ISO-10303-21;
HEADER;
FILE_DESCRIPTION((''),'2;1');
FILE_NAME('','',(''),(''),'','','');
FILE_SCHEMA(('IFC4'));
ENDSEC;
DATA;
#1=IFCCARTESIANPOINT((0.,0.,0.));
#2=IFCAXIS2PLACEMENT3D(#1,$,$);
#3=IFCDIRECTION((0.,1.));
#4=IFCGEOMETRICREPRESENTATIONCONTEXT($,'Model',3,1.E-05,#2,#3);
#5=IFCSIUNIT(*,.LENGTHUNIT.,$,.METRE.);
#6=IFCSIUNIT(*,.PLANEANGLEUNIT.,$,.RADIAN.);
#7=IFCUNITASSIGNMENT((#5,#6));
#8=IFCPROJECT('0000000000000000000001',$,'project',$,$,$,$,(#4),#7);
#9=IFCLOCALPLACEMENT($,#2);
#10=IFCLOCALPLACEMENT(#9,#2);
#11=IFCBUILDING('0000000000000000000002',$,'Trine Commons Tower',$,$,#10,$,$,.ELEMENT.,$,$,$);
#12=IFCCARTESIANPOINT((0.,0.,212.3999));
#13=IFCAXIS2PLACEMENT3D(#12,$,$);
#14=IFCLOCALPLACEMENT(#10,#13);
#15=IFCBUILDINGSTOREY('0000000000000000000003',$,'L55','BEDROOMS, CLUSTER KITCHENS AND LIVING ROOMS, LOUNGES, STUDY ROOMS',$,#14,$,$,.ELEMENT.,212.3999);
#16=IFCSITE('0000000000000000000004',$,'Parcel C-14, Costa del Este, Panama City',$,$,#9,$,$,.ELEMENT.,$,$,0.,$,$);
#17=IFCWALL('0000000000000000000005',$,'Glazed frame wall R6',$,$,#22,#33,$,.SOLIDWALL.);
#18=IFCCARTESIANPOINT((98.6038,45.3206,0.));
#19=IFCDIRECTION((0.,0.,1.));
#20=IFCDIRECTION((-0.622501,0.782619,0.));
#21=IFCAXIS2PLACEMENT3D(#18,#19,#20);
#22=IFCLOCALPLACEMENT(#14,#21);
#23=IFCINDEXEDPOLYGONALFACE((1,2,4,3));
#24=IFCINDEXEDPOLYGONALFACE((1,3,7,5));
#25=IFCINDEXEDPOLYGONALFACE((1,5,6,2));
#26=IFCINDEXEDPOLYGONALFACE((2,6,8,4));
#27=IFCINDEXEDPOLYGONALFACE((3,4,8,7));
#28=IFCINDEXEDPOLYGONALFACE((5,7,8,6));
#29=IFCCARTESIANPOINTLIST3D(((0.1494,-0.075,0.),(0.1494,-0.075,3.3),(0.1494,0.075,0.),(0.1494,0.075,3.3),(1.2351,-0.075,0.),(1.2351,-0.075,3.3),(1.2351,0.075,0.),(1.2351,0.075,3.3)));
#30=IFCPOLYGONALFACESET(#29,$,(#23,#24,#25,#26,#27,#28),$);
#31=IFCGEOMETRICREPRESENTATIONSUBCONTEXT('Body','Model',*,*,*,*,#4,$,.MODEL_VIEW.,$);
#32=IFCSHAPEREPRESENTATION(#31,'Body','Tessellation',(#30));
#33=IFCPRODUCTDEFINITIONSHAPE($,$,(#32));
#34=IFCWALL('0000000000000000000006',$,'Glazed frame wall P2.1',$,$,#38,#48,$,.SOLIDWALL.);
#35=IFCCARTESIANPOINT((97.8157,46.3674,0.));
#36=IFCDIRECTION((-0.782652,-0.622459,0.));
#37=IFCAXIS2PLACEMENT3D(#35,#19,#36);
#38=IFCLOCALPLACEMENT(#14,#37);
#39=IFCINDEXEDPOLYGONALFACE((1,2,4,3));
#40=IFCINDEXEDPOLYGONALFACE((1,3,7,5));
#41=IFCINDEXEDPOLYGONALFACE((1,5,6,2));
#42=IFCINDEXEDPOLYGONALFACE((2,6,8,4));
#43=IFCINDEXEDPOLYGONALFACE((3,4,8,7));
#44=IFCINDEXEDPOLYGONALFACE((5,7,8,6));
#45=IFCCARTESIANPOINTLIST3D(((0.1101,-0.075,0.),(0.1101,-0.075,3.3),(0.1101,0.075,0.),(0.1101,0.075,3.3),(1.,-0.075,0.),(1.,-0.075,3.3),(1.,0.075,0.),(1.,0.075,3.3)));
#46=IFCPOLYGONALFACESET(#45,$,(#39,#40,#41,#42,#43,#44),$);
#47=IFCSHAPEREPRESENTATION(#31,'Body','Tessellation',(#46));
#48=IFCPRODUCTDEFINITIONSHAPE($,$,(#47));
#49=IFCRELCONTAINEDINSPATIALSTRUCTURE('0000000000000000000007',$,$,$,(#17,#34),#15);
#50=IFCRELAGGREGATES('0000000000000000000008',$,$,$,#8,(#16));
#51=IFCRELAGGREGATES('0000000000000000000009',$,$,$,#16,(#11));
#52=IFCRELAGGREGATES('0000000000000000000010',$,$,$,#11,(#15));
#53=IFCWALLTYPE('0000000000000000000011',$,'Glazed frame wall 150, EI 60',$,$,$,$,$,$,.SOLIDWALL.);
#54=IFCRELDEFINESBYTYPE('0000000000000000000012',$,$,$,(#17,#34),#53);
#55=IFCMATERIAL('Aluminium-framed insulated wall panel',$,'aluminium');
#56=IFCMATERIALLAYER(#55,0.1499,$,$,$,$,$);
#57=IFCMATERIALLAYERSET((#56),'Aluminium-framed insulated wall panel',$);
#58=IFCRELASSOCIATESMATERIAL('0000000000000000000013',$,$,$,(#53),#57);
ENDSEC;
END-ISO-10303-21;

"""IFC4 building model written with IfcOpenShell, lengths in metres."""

from ifc_helpers import new_model, si_unit, direction, frame, origin, place, context, subcontext, project, spatial, polyline, outline, extrude, material, layer, layer_set, type_object, element, save


model = new_model("IFC4")

# Units and contexts
model_context = context("Model", 3, precision=1e-05, world=origin(), true_north=direction((0.0, 1.0)))
body_context = subcontext(model_context, "Body", "Model", "MODEL_VIEW")
ifc_project = project(units=[si_unit("LENGTHUNIT", "METRE"), si_unit("PLANEANGLEUNIT", "RADIAN")], contexts=[model_context])

# Site, building, storey
site_placement = place(None, origin())
site = spatial("IfcSite", under=ifc_project, at=site_placement, Name="Parcel C-14, Costa del Este, Panama City", CompositionType="ELEMENT", RefElevation=0.0)
building_placement = place(site_placement, origin())
building = spatial("IfcBuilding", under=site, at=building_placement, Name="Trine Commons Tower", CompositionType="ELEMENT")
storey_placement = place(building_placement, frame((0.0, 0.0, 212.3999)))
storey = spatial("IfcBuildingStorey", under=building, at=storey_placement, Name="L55", Description="BEDROOMS, CLUSTER KITCHENS AND LIVING ROOMS, LOUNGES, STUDY ROOMS", CompositionType="ELEMENT", Elevation=212.3999)

# Walls
ifc_material_1 = material(Name="Aluminium-framed insulated wall panel", Category="aluminium")
ifc_layer_1 = layer(ifc_material_1, 0.1499)
ifc_layer_set_1 = layer_set([ifc_layer_1], Name="Aluminium-framed insulated wall panel")
wall_type_1 = type_object("IfcWallType", Name="Glazed frame wall 150, EI 60", PredefinedType="SOLIDWALL", material=ifc_layer_set_1)
wall_1_placement = place(storey_placement, frame((98.6038, 45.3206, 0.0), z_axis=(0.0, 0.0, 1.0), x_axis=(-0.622501, 0.782619, 0.0)))
element("IfcWall", 1, at=wall_1_placement, inside=storey, type_object=wall_type_1, Name="Glazed frame wall R6", PredefinedType="SOLIDWALL", context=body_context, shape_type="SweptSolid", body=[
    extrude(outline(polyline([(0.1494, 0.075), (0.1494, -0.075), (1.2351, -0.075), (1.2351, 0.075), (0.1494, 0.075)])), origin(), (0.0, 0.0, 1.0), 3.3),
])
wall_2_placement = place(storey_placement, frame((97.8157, 46.3674, 0.0), z_axis=(0.0, 0.0, 1.0), x_axis=(-0.782652, -0.622459, 0.0)))
element("IfcWall", 2, at=wall_2_placement, inside=storey, type_object=wall_type_1, Name="Glazed frame wall P2.1", PredefinedType="SOLIDWALL", context=body_context, shape_type="SweptSolid", body=[
    extrude(outline(polyline([(0.1101, -0.075), (1.0, -0.075), (1.0, 0.075), (0.1101, 0.075), (0.1101, -0.075)])), origin(), (0.0, 0.0, 1.0), 3.3),
])

save(model, "model.ifc")
